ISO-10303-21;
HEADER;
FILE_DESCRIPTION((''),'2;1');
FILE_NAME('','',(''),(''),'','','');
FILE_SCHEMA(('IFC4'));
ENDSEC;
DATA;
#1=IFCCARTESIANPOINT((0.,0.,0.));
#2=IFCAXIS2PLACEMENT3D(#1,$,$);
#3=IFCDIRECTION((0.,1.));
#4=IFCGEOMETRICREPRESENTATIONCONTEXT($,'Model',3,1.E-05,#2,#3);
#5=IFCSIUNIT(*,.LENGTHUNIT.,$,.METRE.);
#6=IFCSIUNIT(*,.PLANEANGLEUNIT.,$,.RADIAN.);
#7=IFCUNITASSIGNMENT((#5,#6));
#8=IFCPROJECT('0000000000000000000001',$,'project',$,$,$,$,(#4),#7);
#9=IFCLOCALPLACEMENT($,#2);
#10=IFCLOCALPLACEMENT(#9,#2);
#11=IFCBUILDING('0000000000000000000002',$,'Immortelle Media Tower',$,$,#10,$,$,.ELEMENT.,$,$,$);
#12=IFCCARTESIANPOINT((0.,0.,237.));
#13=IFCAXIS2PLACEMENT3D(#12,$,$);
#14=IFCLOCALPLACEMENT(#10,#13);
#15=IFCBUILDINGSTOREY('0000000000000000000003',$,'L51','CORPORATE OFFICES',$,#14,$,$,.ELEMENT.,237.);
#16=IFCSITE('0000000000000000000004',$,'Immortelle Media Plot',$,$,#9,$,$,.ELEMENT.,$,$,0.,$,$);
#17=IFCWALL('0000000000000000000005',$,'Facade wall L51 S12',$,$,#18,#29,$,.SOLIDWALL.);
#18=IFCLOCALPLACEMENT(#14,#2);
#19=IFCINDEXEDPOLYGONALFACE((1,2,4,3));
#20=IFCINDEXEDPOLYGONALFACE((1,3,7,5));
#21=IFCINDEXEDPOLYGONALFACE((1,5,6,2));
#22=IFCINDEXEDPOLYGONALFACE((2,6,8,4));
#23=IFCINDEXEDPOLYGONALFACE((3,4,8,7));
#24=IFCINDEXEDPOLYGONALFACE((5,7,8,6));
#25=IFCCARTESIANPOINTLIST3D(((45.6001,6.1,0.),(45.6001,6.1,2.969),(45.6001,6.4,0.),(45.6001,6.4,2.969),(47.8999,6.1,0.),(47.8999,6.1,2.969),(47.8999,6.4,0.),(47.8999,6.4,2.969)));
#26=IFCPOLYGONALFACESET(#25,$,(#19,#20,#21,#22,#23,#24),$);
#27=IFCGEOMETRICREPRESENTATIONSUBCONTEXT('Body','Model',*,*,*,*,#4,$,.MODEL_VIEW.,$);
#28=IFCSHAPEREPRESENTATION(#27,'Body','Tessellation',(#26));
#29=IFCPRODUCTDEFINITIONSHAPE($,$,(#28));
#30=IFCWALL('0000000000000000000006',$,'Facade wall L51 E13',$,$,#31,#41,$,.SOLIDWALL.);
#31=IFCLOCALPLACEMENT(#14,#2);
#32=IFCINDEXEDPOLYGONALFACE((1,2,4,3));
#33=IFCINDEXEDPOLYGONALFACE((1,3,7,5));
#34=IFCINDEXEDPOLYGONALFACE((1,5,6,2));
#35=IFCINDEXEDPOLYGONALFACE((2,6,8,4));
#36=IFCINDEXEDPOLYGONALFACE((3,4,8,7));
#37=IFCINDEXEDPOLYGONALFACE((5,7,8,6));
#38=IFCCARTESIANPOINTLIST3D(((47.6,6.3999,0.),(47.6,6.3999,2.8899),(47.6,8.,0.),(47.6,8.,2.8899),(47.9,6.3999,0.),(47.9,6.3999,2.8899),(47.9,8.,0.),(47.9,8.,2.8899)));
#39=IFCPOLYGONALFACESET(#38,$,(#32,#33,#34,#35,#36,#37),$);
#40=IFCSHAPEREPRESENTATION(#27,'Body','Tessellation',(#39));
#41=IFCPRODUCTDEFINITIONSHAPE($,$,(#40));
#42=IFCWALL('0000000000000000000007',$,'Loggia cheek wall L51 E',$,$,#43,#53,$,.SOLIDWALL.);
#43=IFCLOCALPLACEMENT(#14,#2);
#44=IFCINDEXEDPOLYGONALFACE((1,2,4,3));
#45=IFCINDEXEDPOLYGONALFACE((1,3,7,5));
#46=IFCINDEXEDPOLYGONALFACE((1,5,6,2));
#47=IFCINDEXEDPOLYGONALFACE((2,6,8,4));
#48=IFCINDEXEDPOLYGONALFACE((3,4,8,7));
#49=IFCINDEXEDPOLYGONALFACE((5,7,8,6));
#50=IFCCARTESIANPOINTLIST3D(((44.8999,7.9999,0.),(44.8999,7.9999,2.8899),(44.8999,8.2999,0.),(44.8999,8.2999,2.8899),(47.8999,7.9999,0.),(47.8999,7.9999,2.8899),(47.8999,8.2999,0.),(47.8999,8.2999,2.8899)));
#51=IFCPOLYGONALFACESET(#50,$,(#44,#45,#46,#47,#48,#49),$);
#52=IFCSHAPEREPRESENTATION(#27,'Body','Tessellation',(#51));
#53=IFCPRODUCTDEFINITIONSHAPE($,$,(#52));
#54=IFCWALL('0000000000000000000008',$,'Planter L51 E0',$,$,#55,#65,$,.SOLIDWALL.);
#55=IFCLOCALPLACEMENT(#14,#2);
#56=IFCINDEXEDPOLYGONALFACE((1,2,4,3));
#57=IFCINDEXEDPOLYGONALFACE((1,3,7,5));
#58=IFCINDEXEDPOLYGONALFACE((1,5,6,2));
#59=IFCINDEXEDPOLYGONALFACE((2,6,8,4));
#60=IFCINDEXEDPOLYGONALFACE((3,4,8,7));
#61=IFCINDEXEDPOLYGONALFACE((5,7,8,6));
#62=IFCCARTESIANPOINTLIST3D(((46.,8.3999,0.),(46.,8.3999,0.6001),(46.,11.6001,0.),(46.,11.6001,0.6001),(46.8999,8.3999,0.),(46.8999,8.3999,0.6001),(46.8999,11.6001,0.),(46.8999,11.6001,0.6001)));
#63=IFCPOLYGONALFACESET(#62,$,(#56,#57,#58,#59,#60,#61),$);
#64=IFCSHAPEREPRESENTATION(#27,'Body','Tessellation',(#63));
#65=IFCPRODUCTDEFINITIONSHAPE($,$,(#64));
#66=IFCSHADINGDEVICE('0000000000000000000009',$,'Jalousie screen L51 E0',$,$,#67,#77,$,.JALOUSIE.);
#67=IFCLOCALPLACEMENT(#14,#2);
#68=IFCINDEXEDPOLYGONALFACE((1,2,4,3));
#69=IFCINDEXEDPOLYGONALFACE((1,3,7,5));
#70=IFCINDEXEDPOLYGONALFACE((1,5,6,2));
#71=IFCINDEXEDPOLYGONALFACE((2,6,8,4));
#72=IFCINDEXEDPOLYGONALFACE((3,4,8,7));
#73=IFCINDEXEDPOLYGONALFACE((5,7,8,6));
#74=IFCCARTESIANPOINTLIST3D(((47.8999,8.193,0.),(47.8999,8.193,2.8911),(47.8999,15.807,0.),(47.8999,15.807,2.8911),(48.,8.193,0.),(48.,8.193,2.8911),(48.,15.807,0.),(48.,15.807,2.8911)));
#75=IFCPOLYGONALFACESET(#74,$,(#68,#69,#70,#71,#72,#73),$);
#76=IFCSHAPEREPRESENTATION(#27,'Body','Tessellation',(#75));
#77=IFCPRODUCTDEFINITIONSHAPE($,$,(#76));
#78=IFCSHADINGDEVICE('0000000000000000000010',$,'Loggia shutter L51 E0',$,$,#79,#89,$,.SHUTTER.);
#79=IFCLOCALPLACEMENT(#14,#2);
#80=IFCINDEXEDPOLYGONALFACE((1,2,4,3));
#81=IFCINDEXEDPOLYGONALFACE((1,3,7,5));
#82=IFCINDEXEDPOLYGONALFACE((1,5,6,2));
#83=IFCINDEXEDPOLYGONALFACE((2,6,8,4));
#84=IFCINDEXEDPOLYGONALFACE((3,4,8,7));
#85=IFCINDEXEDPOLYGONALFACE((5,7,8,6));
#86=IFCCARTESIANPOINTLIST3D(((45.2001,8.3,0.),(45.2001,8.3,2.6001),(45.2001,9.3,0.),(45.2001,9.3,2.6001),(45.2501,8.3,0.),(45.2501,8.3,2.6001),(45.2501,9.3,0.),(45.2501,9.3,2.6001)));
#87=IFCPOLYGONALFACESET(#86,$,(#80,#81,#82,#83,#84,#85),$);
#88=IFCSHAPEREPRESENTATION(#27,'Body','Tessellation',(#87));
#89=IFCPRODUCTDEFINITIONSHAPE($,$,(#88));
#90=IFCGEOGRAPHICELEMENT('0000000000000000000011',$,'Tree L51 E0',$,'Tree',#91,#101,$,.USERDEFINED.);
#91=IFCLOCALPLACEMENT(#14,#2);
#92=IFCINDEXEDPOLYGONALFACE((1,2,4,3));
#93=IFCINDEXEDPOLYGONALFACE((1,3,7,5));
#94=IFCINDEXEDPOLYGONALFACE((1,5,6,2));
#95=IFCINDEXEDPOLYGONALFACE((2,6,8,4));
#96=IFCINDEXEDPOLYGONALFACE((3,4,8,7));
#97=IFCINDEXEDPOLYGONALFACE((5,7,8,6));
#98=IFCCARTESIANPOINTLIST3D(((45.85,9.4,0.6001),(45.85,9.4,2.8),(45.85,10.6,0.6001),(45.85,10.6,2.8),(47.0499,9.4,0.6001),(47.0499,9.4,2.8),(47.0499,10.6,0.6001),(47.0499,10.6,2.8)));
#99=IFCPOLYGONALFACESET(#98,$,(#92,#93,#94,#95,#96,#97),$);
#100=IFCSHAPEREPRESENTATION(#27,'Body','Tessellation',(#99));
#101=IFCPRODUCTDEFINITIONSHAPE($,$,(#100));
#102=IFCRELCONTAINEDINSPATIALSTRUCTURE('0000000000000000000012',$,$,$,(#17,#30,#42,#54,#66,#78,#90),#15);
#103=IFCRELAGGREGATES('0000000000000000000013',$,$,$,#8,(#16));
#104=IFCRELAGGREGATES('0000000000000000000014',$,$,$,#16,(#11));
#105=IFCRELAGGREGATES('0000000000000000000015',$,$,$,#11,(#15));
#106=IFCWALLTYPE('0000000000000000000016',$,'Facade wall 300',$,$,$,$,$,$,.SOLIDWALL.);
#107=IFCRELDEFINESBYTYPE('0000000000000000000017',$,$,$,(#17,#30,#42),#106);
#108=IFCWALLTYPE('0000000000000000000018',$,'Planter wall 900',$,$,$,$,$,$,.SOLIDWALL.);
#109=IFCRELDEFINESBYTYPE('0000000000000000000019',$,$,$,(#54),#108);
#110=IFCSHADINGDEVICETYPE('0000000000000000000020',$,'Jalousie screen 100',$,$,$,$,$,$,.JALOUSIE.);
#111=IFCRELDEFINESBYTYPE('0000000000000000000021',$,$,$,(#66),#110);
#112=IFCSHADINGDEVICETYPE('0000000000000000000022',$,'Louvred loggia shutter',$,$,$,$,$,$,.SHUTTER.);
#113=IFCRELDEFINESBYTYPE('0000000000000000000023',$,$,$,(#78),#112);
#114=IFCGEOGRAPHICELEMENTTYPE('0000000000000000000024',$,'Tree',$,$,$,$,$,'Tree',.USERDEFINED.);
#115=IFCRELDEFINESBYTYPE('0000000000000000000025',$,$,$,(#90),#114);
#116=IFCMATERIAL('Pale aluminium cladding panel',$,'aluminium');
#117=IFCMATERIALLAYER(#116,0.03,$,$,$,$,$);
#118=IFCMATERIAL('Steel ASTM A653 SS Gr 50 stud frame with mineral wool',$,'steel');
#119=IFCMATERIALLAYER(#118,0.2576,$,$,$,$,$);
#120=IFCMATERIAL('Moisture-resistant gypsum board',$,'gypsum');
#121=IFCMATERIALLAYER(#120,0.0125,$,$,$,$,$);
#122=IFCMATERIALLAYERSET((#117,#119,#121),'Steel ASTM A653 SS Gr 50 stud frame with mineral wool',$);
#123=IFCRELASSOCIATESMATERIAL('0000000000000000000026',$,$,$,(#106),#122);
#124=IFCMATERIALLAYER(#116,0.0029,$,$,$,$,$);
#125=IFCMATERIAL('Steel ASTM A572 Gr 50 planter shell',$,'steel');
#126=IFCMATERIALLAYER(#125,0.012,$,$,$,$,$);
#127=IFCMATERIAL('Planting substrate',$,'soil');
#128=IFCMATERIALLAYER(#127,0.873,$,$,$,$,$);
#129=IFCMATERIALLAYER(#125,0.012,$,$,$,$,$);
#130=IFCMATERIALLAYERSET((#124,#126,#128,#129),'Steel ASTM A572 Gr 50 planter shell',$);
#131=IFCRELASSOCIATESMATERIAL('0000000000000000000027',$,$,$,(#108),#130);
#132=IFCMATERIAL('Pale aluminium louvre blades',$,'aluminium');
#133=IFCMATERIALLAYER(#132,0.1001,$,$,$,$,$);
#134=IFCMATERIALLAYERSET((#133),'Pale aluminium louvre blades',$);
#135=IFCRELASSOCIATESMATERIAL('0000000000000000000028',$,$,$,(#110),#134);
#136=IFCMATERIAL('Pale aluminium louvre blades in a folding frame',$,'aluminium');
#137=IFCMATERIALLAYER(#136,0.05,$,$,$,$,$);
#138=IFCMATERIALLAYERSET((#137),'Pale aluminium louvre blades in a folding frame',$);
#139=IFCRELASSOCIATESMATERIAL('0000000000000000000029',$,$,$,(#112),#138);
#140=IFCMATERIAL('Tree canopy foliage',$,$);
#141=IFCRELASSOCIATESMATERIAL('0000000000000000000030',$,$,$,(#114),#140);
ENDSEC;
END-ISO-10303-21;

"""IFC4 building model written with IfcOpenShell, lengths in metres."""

from ifc_helpers import new_model, si_unit, direction, frame, frame_2d, origin, origin_2d, place, context, subcontext, project, spatial, rectangle, extrude, material, layer, layer_set, type_object, element, save


model = new_model("IFC4")

# Units and contexts
model_context = context("Model", 3, precision=1e-05, world=origin(), true_north=direction((0.0, 1.0)))
body_context = subcontext(model_context, "Body", "Model", "MODEL_VIEW")
ifc_project = project(units=[si_unit("LENGTHUNIT", "METRE"), si_unit("PLANEANGLEUNIT", "RADIAN")], contexts=[model_context])

# Site, building, storey
site_placement = place(None, origin())
site = spatial("IfcSite", under=ifc_project, at=site_placement, Name="Immortelle Media Plot", CompositionType="ELEMENT", RefElevation=0.0)
building_placement = place(site_placement, origin())
building = spatial("IfcBuilding", under=site, at=building_placement, Name="Immortelle Media Tower", CompositionType="ELEMENT")
storey_placement = place(building_placement, frame((0.0, 0.0, 237.0)))
storey = spatial("IfcBuildingStorey", under=building, at=storey_placement, Name="L51", Description="CORPORATE OFFICES", CompositionType="ELEMENT", Elevation=237.0)

# Walls
ifc_material_1 = material(Name="Pale aluminium cladding panel", Category="aluminium")
ifc_layer_1 = layer(ifc_material_1, 0.03)
ifc_material_2 = material(Name="Steel ASTM A653 SS Gr 50 stud frame with mineral wool", Category="steel")
ifc_layer_2 = layer(ifc_material_2, 0.2576)
ifc_material_3 = material(Name="Moisture-resistant gypsum board", Category="gypsum")
ifc_layer_3 = layer(ifc_material_3, 0.0125)
ifc_layer_set_1 = layer_set([ifc_layer_1, ifc_layer_2, ifc_layer_3], Name="Steel ASTM A653 SS Gr 50 stud frame with mineral wool")
wall_type_1 = type_object("IfcWallType", Name="Facade wall 300", PredefinedType="SOLIDWALL", material=ifc_layer_set_1)
wall_1_placement = place(storey_placement, frame((45.6001, 6.25, 0.0), z_axis=(0.0, 0.0, 1.0), x_axis=(1.0, 0.0, 0.0)))
element("IfcWall", 1, at=wall_1_placement, inside=storey, type_object=wall_type_1, Name="Facade wall L51 S12", PredefinedType="SOLIDWALL", context=body_context, shape_type="SweptSolid", body=[
    extrude(rectangle(XDim=2.2998, YDim=0.3, at=frame_2d((1.1499, 0.0))), origin(), (0.0, 0.0, 1.0), 2.969),
])
wall_2_placement = place(storey_placement, frame((47.75, 6.3999, 0.0), z_axis=(0.0, 0.0, 1.0), x_axis=(0.0, 1.0, 0.0)))
element("IfcWall", 2, at=wall_2_placement, inside=storey, type_object=wall_type_1, Name="Facade wall L51 E13", PredefinedType="SOLIDWALL", context=body_context, shape_type="SweptSolid", body=[
    extrude(rectangle(XDim=1.6001, YDim=0.3, at=frame_2d((0.8, 0.0))), origin(), (0.0, 0.0, 1.0), 2.8899),
])

# Walls
wall_3_placement = place(storey_placement, frame((47.8999, 8.1499, 0.0), z_axis=(0.0, 0.0, 1.0), x_axis=(-1.0, 0.0, 0.0)))
element("IfcWall", 3, at=wall_3_placement, inside=storey, type_object=wall_type_1, Name="Loggia cheek wall L51 E", PredefinedType="SOLIDWALL", context=body_context, shape_type="SweptSolid", body=[
    extrude(rectangle(XDim=3.0, YDim=0.3, at=frame_2d((1.5, 0.0))), origin(), (0.0, 0.0, 1.0), 2.8899),
])
ifc_layer_4 = layer(ifc_material_1, 0.0029)
ifc_material_4 = material(Name="Steel ASTM A572 Gr 50 planter shell", Category="steel")
ifc_layer_5 = layer(ifc_material_4, 0.012)
ifc_material_5 = material(Name="Planting substrate", Category="soil")
ifc_layer_6 = layer(ifc_material_5, 0.873)
ifc_layer_7 = layer(ifc_material_4, 0.012)
ifc_layer_set_2 = layer_set([ifc_layer_4, ifc_layer_5, ifc_layer_6, ifc_layer_7], Name="Steel ASTM A572 Gr 50 planter shell")
wall_type_2 = type_object("IfcWallType", Name="Planter wall 900", PredefinedType="SOLIDWALL", material=ifc_layer_set_2)
wall_4_placement = place(storey_placement, frame((46.45, 8.3999, 0.0), z_axis=(0.0, 0.0, 1.0), x_axis=(0.0, 1.0, 0.0)))
element("IfcWall", 4, at=wall_4_placement, inside=storey, type_object=wall_type_2, Name="Planter L51 E0", PredefinedType="SOLIDWALL", context=body_context, shape_type="SweptSolid", body=[
    extrude(rectangle(XDim=3.2002, YDim=0.8999, at=frame_2d((1.6001, 0.0))), origin(), (0.0, 0.0, 1.0), 0.6001),
])

# Shading devices
ifc_material_6 = material(Name="Pale aluminium louvre blades", Category="aluminium")
ifc_layer_8 = layer(ifc_material_6, 0.1001)
ifc_layer_set_3 = layer_set([ifc_layer_8], Name="Pale aluminium louvre blades")
shading_device_type_1 = type_object("IfcShadingDeviceType", Name="Jalousie screen 100", PredefinedType="JALOUSIE", material=ifc_layer_set_3)
shading_device_1_placement = place(storey_placement, frame((47.95, 12.0, 0.0), z_axis=(0.0, 0.0, 1.0), x_axis=(0.0, 1.0, 0.0)))
element("IfcShadingDevice", 5, at=shading_device_1_placement, inside=storey, type_object=shading_device_type_1, Name="Jalousie screen L51 E0", PredefinedType="JALOUSIE", context=body_context, shape_type="SweptSolid", body=[
    extrude(rectangle(XDim=7.614, YDim=0.1001, at=origin_2d()), origin(), (0.0, 0.0, 1.0), 2.8911),
])
ifc_material_7 = material(Name="Pale aluminium louvre blades in a folding frame", Category="aluminium")
ifc_layer_9 = layer(ifc_material_7, 0.05)
ifc_layer_set_4 = layer_set([ifc_layer_9], Name="Pale aluminium louvre blades in a folding frame")
shading_device_type_2 = type_object("IfcShadingDeviceType", Name="Louvred loggia shutter", PredefinedType="SHUTTER", material=ifc_layer_set_4)
shading_device_2_placement = place(storey_placement, frame((45.2251, 8.8, 0.0), z_axis=(0.0, 0.0, 1.0), x_axis=(0.0, 1.0, 0.0)))
element("IfcShadingDevice", 6, at=shading_device_2_placement, inside=storey, type_object=shading_device_type_2, Name="Loggia shutter L51 E0", PredefinedType="SHUTTER", context=body_context, shape_type="SweptSolid", body=[
    extrude(rectangle(XDim=1.0, YDim=0.05, at=origin_2d()), origin(), (0.0, 0.0, 1.0), 2.6001),
])

# Geographic element
ifc_material_8 = material(Name="Tree canopy foliage")
geographic_element_type = type_object("IfcGeographicElementType", Name="Tree", ElementType="Tree", PredefinedType="USERDEFINED", material=ifc_material_8)
geographic_element_placement = place(storey_placement, frame((46.45, 10.0, 0.6001), z_axis=(0.0, 0.0, 1.0), x_axis=(1.0, 0.0, 0.0)))
element("IfcGeographicElement", 7, at=geographic_element_placement, inside=storey, type_object=geographic_element_type, Name="Tree L51 E0", ObjectType="Tree", PredefinedType="USERDEFINED", context=body_context, shape_type="SweptSolid", body=[
    extrude(rectangle(XDim=1.2, YDim=1.2, at=origin_2d()), origin(), (0.0, 0.0, 1.0), 2.2),
])

save(model, "model.ifc")
